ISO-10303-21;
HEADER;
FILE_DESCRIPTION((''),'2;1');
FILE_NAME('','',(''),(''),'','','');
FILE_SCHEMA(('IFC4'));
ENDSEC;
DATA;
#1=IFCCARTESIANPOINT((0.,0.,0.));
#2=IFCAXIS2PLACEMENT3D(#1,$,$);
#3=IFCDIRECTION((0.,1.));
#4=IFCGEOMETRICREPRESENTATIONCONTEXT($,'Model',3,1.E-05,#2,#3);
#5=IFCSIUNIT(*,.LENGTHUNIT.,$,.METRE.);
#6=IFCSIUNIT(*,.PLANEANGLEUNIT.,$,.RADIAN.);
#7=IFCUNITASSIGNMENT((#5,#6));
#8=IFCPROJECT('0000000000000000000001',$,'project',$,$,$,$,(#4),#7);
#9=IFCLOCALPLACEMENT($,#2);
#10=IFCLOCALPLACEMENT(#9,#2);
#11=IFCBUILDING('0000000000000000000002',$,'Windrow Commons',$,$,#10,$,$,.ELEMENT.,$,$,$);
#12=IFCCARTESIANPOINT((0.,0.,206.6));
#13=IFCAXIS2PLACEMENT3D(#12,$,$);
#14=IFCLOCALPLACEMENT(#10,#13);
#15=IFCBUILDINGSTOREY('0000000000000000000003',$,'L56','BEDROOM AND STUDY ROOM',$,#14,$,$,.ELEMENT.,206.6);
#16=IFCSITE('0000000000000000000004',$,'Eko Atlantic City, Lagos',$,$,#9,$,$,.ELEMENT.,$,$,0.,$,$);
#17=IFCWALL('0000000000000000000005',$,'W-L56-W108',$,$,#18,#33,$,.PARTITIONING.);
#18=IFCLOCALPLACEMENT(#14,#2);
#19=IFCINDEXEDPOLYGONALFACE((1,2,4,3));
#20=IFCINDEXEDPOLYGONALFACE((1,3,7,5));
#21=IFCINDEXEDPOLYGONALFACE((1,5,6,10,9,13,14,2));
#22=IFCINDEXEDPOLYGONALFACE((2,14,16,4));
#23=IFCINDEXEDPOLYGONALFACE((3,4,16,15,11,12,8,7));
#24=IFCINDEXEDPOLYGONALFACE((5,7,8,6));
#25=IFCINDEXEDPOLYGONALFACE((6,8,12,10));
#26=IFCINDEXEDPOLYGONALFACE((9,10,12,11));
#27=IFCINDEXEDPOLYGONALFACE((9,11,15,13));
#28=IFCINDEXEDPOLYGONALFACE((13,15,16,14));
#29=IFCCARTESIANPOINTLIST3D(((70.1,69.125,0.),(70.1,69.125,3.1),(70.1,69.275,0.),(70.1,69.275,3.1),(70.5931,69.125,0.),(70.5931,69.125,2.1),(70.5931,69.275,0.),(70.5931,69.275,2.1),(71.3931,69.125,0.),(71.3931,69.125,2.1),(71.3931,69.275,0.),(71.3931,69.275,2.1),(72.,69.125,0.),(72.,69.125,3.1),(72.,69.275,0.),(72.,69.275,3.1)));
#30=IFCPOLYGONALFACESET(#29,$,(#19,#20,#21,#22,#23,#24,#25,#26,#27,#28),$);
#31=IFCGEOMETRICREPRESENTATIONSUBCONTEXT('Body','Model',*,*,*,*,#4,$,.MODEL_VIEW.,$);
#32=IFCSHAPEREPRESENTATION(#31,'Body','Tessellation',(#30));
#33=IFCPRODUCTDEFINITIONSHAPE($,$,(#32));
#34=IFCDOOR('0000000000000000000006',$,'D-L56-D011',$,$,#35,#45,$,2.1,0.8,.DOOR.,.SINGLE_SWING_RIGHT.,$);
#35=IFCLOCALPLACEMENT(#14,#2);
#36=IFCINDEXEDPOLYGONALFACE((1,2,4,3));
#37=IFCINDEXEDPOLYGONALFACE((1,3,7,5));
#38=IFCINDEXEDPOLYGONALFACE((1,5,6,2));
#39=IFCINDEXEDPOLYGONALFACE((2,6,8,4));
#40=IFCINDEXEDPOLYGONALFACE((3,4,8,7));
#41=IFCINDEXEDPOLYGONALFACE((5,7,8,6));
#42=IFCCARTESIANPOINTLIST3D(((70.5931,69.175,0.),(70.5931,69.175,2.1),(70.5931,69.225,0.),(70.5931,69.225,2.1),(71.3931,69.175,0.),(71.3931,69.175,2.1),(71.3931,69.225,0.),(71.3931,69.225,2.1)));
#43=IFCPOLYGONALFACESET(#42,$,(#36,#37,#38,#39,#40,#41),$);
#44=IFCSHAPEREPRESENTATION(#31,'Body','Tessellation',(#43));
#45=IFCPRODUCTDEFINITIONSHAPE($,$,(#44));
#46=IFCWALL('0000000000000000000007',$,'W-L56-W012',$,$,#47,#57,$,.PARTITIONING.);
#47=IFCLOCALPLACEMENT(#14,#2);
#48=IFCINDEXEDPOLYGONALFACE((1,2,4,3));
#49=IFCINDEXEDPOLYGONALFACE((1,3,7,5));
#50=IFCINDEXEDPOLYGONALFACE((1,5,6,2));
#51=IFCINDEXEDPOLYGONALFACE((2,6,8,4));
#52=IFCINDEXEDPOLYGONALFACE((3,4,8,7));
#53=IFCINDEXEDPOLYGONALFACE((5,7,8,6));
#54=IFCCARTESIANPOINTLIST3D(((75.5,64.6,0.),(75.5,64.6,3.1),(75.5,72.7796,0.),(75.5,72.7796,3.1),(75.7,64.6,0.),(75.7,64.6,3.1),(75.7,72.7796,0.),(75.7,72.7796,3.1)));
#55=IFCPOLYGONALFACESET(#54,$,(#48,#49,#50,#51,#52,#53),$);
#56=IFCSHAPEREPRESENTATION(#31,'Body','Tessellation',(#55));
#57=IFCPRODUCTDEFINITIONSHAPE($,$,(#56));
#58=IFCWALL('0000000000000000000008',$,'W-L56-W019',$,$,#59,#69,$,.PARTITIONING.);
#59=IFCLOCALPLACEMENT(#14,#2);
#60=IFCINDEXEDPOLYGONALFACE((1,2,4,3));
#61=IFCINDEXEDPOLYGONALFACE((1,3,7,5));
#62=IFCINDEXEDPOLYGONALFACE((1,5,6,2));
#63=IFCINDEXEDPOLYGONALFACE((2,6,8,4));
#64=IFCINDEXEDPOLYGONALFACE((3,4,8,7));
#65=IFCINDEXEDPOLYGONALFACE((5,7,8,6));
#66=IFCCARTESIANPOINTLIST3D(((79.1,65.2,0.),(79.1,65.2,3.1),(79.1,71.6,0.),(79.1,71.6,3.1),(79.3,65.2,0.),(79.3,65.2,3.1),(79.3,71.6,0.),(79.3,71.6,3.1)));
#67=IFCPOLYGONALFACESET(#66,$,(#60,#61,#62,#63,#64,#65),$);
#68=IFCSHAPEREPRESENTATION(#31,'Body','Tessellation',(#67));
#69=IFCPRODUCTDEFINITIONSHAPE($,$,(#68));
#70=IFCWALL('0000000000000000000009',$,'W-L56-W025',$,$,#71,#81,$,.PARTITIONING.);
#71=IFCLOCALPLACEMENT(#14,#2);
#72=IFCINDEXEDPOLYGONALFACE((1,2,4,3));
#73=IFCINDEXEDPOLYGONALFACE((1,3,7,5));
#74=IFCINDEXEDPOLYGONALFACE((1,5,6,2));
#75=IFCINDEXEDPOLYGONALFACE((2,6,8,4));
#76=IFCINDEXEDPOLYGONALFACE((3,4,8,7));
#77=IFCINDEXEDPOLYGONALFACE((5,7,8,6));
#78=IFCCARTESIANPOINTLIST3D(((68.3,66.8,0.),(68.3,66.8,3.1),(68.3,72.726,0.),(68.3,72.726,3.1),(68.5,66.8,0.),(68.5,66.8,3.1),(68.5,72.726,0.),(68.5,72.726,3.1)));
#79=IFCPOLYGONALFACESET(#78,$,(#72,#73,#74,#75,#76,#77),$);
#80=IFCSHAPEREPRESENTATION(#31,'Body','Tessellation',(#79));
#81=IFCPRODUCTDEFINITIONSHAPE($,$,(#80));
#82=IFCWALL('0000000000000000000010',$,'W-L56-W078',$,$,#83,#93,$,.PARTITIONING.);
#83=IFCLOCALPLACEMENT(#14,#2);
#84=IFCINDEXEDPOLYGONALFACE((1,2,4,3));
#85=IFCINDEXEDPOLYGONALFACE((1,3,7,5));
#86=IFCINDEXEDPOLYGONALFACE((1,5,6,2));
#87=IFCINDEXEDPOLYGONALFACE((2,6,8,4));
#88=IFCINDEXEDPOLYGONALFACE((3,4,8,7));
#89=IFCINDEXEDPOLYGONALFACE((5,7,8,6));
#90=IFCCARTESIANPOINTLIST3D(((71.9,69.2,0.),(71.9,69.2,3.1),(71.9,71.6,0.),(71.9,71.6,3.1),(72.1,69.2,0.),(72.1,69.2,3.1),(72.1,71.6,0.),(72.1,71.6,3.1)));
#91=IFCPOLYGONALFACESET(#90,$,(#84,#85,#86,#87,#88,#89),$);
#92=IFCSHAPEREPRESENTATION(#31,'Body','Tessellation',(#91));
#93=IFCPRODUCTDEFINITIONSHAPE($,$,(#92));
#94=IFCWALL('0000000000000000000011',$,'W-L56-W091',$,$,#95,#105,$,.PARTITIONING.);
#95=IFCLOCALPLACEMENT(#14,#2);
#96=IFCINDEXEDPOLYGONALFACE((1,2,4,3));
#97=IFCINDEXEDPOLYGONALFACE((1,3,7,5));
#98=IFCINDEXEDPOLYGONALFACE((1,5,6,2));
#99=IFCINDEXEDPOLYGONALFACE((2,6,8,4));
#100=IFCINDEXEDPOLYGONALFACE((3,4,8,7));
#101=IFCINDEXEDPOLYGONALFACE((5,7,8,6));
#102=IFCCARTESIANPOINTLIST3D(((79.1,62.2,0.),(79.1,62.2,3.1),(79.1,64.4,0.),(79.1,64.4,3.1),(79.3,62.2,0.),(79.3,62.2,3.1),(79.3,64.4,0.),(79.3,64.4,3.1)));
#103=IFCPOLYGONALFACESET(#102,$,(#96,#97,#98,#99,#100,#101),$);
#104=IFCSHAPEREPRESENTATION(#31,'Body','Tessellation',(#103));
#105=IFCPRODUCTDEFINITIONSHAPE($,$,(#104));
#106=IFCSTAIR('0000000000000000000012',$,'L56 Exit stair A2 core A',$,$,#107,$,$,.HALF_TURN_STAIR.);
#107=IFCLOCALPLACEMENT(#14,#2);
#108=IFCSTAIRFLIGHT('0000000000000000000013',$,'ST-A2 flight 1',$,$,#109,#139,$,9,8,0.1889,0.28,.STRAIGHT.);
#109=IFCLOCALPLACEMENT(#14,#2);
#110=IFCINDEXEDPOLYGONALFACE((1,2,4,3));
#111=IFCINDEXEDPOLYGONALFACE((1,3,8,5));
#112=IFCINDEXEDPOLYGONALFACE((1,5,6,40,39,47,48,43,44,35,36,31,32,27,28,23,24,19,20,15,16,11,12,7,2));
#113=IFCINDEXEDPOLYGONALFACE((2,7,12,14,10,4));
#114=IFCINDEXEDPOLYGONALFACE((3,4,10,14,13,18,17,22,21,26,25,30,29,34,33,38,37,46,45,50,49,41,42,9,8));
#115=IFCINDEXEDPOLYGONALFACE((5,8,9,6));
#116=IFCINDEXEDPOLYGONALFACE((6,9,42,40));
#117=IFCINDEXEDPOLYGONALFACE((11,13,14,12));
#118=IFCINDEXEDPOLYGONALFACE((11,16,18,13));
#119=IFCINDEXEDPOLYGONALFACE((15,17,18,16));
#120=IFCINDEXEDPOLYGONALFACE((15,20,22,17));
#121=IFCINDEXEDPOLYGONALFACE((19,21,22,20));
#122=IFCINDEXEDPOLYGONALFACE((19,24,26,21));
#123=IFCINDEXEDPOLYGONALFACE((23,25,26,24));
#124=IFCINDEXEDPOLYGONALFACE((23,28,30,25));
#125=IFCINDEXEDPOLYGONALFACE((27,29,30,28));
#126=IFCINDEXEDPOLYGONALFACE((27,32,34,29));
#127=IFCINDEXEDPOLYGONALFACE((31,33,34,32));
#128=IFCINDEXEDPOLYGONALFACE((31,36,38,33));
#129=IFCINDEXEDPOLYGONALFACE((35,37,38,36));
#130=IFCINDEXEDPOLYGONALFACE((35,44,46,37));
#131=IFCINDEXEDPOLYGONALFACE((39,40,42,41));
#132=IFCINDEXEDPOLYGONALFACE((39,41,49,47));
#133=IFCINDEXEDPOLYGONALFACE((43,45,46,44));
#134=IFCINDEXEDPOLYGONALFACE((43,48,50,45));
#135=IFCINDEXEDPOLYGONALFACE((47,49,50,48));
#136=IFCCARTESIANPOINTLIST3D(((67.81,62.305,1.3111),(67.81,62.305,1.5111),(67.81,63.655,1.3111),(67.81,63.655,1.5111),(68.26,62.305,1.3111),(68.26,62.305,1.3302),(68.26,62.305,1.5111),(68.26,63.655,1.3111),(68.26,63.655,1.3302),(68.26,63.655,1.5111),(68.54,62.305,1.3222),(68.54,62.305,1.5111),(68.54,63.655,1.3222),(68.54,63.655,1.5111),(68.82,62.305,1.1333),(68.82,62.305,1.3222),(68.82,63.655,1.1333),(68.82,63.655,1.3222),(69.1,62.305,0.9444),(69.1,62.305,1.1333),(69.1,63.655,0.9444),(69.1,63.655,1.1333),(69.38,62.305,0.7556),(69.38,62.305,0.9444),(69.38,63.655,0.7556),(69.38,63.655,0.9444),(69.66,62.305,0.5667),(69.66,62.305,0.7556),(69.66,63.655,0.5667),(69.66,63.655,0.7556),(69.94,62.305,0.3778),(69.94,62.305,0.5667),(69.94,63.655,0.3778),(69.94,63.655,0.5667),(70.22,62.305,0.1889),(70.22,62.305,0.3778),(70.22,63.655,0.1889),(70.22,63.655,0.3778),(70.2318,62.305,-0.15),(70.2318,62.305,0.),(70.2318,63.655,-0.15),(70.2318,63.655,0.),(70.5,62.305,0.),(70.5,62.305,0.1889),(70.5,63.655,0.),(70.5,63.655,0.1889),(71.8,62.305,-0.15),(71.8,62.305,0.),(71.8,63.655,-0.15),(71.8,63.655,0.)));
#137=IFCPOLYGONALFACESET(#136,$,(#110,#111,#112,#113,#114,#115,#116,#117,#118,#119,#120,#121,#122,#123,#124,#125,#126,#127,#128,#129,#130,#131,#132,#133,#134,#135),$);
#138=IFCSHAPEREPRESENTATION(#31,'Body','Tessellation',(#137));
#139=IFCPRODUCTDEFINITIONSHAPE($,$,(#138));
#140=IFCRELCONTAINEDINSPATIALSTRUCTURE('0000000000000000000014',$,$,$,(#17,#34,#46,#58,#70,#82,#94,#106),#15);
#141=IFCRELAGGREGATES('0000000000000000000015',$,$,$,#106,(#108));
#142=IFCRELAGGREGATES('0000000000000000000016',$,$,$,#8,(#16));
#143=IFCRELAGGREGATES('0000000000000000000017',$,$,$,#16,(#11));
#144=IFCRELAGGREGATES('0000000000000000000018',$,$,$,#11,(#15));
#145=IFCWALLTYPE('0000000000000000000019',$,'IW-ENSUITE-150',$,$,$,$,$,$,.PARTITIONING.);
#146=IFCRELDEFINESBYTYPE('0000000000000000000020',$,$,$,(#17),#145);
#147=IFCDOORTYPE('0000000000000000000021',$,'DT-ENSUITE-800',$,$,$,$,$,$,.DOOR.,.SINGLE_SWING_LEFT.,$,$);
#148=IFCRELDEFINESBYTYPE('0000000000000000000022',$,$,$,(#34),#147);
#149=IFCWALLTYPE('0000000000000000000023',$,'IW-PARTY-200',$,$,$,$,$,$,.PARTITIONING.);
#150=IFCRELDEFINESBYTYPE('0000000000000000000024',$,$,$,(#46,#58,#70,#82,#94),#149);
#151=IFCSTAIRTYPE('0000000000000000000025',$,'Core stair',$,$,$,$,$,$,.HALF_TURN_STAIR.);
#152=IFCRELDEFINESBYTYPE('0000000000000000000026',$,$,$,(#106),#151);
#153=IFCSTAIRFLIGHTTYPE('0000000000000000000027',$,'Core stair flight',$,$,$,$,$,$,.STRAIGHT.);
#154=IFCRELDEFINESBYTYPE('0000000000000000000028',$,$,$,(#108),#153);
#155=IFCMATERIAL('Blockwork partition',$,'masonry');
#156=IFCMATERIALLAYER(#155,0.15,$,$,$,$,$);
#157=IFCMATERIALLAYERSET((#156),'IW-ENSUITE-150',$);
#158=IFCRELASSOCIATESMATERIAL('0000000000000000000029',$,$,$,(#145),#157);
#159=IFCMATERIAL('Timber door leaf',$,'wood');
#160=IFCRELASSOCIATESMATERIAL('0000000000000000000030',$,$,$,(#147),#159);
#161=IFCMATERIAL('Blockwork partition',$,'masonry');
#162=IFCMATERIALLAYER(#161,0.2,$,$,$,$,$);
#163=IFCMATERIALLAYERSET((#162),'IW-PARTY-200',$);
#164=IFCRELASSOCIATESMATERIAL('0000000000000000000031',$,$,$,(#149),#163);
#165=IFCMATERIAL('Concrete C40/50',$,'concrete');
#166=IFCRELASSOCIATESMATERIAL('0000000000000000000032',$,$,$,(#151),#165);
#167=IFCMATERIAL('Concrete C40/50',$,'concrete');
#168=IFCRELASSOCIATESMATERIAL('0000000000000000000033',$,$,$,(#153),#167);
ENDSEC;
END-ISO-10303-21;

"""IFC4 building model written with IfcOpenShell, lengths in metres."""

from ifc_helpers import new_model, si_unit, direction, frame, frame_2d, origin, place, context, subcontext, project, spatial, polyline, rectangle, outline, extrude, material, layer, layer_set, type_object, element, fill, aggregate, save


model = new_model("IFC4")

# Units and contexts
model_context = context("Model", 3, precision=1e-05, world=origin(), true_north=direction((0.0, 1.0)))
body_context = subcontext(model_context, "Body", "Model", "MODEL_VIEW")
ifc_project = project(units=[si_unit("LENGTHUNIT", "METRE"), si_unit("PLANEANGLEUNIT", "RADIAN")], contexts=[model_context])

# Site, building, storey
site_placement = place(None, origin())
site = spatial("IfcSite", under=ifc_project, at=site_placement, Name="Eko Atlantic City, Lagos", CompositionType="ELEMENT", RefElevation=0.0)
building_placement = place(site_placement, origin())
building = spatial("IfcBuilding", under=site, at=building_placement, Name="Windrow Commons", CompositionType="ELEMENT")
storey_placement = place(building_placement, frame((0.0, 0.0, 206.6)))
storey = spatial("IfcBuildingStorey", under=building, at=storey_placement, Name="L56", Description="BEDROOM AND STUDY ROOM", CompositionType="ELEMENT", Elevation=206.6)

# Shared definitions
ifc_material_1 = material(Name="Blockwork partition", Category="masonry")
ifc_layer_1 = layer(ifc_material_1, 0.15)
ifc_layer_set_1 = layer_set([ifc_layer_1], Name="IW-ENSUITE-150")
wall_type_1 = type_object("IfcWallType", Name="IW-ENSUITE-150", PredefinedType="PARTITIONING", material=ifc_layer_set_1)

# Wall, opening, door
ifc_material_2 = material(Name="Timber door leaf", Category="wood")
door_type_1 = type_object("IfcDoorType", Name="DT-ENSUITE-800", OperationType="SINGLE_SWING_LEFT", PredefinedType="DOOR", material=ifc_material_2)
wall_1_placement = place(storey_placement, frame((70.1, 69.2, 0.0), z_axis=(0.0, 0.0, 1.0), x_axis=(1.0, 0.0, 0.0)))
wall_1 = element("IfcWall", 1, at=wall_1_placement, inside=storey, type_object=wall_type_1, Name="W-L56-W108", PredefinedType="PARTITIONING", context=body_context, shape_type="SweptSolid", body=[
    extrude(rectangle(XDim=1.9, YDim=0.15, at=frame_2d((0.95, 0.0))), origin(), (0.0, 0.0, 1.0), 3.1),
])
opening_1_placement = place(wall_1_placement, frame((0.4931, 0.0, 0.0)))
opening_1 = element("IfcOpeningElement", 2, at=opening_1_placement, cuts=wall_1, PredefinedType="OPENING", context=body_context, shape_type="SweptSolid", body=[
    extrude(rectangle(XDim=0.8, YDim=2.1, at=frame_2d((0.4, 1.05))), frame((0.0, 0.085, 0.0), z_axis=(0.0, -1.0, 0.0), x_axis=(1.0, 0.0, 0.0)), (0.0, 0.0, 1.0), 0.17),
])
door_1_placement = place(opening_1_placement, origin())
door_1 = element("IfcDoor", 3, at=door_1_placement, inside=storey, type_object=door_type_1, Name="D-L56-D011", OperationType="SINGLE_SWING_RIGHT", OverallHeight=2.1, OverallWidth=0.8, PredefinedType="DOOR", context=body_context, shape_type="SweptSolid", body=[
    extrude(rectangle(XDim=0.8, YDim=2.1, at=frame_2d((0.4, 1.05))), frame((0.0, 0.025, 0.0), z_axis=(0.0, -1.0, 0.0), x_axis=(1.0, 0.0, 0.0)), (0.0, 0.0, 1.0), 0.05),
])
fill(opening_1, door_1)

# Walls
ifc_material_3 = material(Name="Blockwork partition", Category="masonry")
ifc_layer_2 = layer(ifc_material_3, 0.2)
ifc_layer_set_2 = layer_set([ifc_layer_2], Name="IW-PARTY-200")
wall_type_2 = type_object("IfcWallType", Name="IW-PARTY-200", PredefinedType="PARTITIONING", material=ifc_layer_set_2)
wall_2_placement = place(storey_placement, frame((75.6, 64.6, 0.0), z_axis=(0.0, 0.0, 1.0), x_axis=(0.0, 1.0, 0.0)))
element("IfcWall", 4, at=wall_2_placement, inside=storey, type_object=wall_type_2, Name="W-L56-W012", PredefinedType="PARTITIONING", context=body_context, shape_type="SweptSolid", body=[
    extrude(rectangle(XDim=8.1796, YDim=0.2, at=frame_2d((4.0898, 0.0))), origin(), (0.0, 0.0, 1.0), 3.1),
])
wall_3_placement = place(storey_placement, frame((79.2, 65.2, 0.0), z_axis=(0.0, 0.0, 1.0), x_axis=(0.0, 1.0, 0.0)))
element("IfcWall", 5, at=wall_3_placement, inside=storey, type_object=wall_type_2, Name="W-L56-W019", PredefinedType="PARTITIONING", context=body_context, shape_type="SweptSolid", body=[
    extrude(rectangle(XDim=6.4, YDim=0.2, at=frame_2d((3.2, 0.0))), origin(), (0.0, 0.0, 1.0), 3.1),
])
wall_4_placement = place(storey_placement, frame((68.4, 66.8, 0.0), z_axis=(0.0, 0.0, 1.0), x_axis=(0.0, 1.0, 0.0)))
element("IfcWall", 6, at=wall_4_placement, inside=storey, type_object=wall_type_2, Name="W-L56-W025", PredefinedType="PARTITIONING", context=body_context, shape_type="SweptSolid", body=[
    extrude(rectangle(XDim=5.926, YDim=0.2, at=frame_2d((2.963, 0.0))), origin(), (0.0, 0.0, 1.0), 3.1),
])
wall_5_placement = place(storey_placement, frame((72.0, 69.2, 0.0), z_axis=(0.0, 0.0, 1.0), x_axis=(0.0, 1.0, 0.0)))
element("IfcWall", 7, at=wall_5_placement, inside=storey, type_object=wall_type_2, Name="W-L56-W078", PredefinedType="PARTITIONING", context=body_context, shape_type="SweptSolid", body=[
    extrude(rectangle(XDim=2.4, YDim=0.2, at=frame_2d((1.2, 0.0))), origin(), (0.0, 0.0, 1.0), 3.1),
])
wall_6_placement = place(storey_placement, frame((79.2, 62.2, 0.0), z_axis=(0.0, 0.0, 1.0), x_axis=(0.0, 1.0, 0.0)))
element("IfcWall", 8, at=wall_6_placement, inside=storey, type_object=wall_type_2, Name="W-L56-W091", PredefinedType="PARTITIONING", context=body_context, shape_type="SweptSolid", body=[
    extrude(rectangle(XDim=2.2, YDim=0.2, at=frame_2d((1.1, 0.0))), origin(), (0.0, 0.0, 1.0), 3.1),
])

# Stair, stair flight
ifc_material_4 = material(Name="Concrete C40/50", Category="concrete")
stair_type = type_object("IfcStairType", Name="Core stair", PredefinedType="HALF_TURN_STAIR", material=ifc_material_4)
stair_placement = place(storey_placement, origin())
stair = element("IfcStair", 9, at=stair_placement, inside=storey, type_object=stair_type, Name="L56 Exit stair A2 core A", PredefinedType="HALF_TURN_STAIR")
ifc_material_5 = material(Name="Concrete C40/50", Category="concrete")
stair_flight_type = type_object("IfcStairFlightType", Name="Core stair flight", PredefinedType="STRAIGHT", material=ifc_material_5)
stair_flight_placement = place(storey_placement, frame((70.5, 62.98, 0.0), z_axis=(0.0, 0.0, 1.0), x_axis=(-1.0, 0.0, 0.0)))
stair_flight = element("IfcStairFlight", 10, at=stair_flight_placement, type_object=stair_flight_type, Name="ST-A2 flight 1", NumberOfRisers=9, NumberOfTreads=8, PredefinedType="STRAIGHT", RiserHeight=0.1889, TreadLength=0.28, context=body_context, shape_type="SweptSolid", body=[
    extrude(outline(polyline([(-1.3, -0.15), (-1.3, 0.0), (0.0, 0.0), (0.0, 0.1889), (0.28, 0.1889), (0.28, 0.3778), (0.56, 0.3778), (0.56, 0.5667), (0.84, 0.5667), (0.84, 0.7556), (1.12, 0.7556), (1.12, 0.9444), (1.4, 0.9444), (1.4, 1.1333), (1.68, 1.1333), (1.68, 1.3222), (1.96, 1.3222), (1.96, 1.5111), (2.24, 1.5111), (2.69, 1.5111), (2.69, 1.3111), (2.24, 1.3111), (2.24, 1.3302), (0.2682, 0.0), (0.2682, -0.15), (-1.3, -0.15)])), frame((0.0, 0.675, 0.0), z_axis=(0.0, -1.0, 0.0), x_axis=(1.0, 0.0, 0.0)), (0.0, 0.0, 1.0), 1.35),
])
aggregate(stair, [stair_flight])

save(model, "model.ifc")
